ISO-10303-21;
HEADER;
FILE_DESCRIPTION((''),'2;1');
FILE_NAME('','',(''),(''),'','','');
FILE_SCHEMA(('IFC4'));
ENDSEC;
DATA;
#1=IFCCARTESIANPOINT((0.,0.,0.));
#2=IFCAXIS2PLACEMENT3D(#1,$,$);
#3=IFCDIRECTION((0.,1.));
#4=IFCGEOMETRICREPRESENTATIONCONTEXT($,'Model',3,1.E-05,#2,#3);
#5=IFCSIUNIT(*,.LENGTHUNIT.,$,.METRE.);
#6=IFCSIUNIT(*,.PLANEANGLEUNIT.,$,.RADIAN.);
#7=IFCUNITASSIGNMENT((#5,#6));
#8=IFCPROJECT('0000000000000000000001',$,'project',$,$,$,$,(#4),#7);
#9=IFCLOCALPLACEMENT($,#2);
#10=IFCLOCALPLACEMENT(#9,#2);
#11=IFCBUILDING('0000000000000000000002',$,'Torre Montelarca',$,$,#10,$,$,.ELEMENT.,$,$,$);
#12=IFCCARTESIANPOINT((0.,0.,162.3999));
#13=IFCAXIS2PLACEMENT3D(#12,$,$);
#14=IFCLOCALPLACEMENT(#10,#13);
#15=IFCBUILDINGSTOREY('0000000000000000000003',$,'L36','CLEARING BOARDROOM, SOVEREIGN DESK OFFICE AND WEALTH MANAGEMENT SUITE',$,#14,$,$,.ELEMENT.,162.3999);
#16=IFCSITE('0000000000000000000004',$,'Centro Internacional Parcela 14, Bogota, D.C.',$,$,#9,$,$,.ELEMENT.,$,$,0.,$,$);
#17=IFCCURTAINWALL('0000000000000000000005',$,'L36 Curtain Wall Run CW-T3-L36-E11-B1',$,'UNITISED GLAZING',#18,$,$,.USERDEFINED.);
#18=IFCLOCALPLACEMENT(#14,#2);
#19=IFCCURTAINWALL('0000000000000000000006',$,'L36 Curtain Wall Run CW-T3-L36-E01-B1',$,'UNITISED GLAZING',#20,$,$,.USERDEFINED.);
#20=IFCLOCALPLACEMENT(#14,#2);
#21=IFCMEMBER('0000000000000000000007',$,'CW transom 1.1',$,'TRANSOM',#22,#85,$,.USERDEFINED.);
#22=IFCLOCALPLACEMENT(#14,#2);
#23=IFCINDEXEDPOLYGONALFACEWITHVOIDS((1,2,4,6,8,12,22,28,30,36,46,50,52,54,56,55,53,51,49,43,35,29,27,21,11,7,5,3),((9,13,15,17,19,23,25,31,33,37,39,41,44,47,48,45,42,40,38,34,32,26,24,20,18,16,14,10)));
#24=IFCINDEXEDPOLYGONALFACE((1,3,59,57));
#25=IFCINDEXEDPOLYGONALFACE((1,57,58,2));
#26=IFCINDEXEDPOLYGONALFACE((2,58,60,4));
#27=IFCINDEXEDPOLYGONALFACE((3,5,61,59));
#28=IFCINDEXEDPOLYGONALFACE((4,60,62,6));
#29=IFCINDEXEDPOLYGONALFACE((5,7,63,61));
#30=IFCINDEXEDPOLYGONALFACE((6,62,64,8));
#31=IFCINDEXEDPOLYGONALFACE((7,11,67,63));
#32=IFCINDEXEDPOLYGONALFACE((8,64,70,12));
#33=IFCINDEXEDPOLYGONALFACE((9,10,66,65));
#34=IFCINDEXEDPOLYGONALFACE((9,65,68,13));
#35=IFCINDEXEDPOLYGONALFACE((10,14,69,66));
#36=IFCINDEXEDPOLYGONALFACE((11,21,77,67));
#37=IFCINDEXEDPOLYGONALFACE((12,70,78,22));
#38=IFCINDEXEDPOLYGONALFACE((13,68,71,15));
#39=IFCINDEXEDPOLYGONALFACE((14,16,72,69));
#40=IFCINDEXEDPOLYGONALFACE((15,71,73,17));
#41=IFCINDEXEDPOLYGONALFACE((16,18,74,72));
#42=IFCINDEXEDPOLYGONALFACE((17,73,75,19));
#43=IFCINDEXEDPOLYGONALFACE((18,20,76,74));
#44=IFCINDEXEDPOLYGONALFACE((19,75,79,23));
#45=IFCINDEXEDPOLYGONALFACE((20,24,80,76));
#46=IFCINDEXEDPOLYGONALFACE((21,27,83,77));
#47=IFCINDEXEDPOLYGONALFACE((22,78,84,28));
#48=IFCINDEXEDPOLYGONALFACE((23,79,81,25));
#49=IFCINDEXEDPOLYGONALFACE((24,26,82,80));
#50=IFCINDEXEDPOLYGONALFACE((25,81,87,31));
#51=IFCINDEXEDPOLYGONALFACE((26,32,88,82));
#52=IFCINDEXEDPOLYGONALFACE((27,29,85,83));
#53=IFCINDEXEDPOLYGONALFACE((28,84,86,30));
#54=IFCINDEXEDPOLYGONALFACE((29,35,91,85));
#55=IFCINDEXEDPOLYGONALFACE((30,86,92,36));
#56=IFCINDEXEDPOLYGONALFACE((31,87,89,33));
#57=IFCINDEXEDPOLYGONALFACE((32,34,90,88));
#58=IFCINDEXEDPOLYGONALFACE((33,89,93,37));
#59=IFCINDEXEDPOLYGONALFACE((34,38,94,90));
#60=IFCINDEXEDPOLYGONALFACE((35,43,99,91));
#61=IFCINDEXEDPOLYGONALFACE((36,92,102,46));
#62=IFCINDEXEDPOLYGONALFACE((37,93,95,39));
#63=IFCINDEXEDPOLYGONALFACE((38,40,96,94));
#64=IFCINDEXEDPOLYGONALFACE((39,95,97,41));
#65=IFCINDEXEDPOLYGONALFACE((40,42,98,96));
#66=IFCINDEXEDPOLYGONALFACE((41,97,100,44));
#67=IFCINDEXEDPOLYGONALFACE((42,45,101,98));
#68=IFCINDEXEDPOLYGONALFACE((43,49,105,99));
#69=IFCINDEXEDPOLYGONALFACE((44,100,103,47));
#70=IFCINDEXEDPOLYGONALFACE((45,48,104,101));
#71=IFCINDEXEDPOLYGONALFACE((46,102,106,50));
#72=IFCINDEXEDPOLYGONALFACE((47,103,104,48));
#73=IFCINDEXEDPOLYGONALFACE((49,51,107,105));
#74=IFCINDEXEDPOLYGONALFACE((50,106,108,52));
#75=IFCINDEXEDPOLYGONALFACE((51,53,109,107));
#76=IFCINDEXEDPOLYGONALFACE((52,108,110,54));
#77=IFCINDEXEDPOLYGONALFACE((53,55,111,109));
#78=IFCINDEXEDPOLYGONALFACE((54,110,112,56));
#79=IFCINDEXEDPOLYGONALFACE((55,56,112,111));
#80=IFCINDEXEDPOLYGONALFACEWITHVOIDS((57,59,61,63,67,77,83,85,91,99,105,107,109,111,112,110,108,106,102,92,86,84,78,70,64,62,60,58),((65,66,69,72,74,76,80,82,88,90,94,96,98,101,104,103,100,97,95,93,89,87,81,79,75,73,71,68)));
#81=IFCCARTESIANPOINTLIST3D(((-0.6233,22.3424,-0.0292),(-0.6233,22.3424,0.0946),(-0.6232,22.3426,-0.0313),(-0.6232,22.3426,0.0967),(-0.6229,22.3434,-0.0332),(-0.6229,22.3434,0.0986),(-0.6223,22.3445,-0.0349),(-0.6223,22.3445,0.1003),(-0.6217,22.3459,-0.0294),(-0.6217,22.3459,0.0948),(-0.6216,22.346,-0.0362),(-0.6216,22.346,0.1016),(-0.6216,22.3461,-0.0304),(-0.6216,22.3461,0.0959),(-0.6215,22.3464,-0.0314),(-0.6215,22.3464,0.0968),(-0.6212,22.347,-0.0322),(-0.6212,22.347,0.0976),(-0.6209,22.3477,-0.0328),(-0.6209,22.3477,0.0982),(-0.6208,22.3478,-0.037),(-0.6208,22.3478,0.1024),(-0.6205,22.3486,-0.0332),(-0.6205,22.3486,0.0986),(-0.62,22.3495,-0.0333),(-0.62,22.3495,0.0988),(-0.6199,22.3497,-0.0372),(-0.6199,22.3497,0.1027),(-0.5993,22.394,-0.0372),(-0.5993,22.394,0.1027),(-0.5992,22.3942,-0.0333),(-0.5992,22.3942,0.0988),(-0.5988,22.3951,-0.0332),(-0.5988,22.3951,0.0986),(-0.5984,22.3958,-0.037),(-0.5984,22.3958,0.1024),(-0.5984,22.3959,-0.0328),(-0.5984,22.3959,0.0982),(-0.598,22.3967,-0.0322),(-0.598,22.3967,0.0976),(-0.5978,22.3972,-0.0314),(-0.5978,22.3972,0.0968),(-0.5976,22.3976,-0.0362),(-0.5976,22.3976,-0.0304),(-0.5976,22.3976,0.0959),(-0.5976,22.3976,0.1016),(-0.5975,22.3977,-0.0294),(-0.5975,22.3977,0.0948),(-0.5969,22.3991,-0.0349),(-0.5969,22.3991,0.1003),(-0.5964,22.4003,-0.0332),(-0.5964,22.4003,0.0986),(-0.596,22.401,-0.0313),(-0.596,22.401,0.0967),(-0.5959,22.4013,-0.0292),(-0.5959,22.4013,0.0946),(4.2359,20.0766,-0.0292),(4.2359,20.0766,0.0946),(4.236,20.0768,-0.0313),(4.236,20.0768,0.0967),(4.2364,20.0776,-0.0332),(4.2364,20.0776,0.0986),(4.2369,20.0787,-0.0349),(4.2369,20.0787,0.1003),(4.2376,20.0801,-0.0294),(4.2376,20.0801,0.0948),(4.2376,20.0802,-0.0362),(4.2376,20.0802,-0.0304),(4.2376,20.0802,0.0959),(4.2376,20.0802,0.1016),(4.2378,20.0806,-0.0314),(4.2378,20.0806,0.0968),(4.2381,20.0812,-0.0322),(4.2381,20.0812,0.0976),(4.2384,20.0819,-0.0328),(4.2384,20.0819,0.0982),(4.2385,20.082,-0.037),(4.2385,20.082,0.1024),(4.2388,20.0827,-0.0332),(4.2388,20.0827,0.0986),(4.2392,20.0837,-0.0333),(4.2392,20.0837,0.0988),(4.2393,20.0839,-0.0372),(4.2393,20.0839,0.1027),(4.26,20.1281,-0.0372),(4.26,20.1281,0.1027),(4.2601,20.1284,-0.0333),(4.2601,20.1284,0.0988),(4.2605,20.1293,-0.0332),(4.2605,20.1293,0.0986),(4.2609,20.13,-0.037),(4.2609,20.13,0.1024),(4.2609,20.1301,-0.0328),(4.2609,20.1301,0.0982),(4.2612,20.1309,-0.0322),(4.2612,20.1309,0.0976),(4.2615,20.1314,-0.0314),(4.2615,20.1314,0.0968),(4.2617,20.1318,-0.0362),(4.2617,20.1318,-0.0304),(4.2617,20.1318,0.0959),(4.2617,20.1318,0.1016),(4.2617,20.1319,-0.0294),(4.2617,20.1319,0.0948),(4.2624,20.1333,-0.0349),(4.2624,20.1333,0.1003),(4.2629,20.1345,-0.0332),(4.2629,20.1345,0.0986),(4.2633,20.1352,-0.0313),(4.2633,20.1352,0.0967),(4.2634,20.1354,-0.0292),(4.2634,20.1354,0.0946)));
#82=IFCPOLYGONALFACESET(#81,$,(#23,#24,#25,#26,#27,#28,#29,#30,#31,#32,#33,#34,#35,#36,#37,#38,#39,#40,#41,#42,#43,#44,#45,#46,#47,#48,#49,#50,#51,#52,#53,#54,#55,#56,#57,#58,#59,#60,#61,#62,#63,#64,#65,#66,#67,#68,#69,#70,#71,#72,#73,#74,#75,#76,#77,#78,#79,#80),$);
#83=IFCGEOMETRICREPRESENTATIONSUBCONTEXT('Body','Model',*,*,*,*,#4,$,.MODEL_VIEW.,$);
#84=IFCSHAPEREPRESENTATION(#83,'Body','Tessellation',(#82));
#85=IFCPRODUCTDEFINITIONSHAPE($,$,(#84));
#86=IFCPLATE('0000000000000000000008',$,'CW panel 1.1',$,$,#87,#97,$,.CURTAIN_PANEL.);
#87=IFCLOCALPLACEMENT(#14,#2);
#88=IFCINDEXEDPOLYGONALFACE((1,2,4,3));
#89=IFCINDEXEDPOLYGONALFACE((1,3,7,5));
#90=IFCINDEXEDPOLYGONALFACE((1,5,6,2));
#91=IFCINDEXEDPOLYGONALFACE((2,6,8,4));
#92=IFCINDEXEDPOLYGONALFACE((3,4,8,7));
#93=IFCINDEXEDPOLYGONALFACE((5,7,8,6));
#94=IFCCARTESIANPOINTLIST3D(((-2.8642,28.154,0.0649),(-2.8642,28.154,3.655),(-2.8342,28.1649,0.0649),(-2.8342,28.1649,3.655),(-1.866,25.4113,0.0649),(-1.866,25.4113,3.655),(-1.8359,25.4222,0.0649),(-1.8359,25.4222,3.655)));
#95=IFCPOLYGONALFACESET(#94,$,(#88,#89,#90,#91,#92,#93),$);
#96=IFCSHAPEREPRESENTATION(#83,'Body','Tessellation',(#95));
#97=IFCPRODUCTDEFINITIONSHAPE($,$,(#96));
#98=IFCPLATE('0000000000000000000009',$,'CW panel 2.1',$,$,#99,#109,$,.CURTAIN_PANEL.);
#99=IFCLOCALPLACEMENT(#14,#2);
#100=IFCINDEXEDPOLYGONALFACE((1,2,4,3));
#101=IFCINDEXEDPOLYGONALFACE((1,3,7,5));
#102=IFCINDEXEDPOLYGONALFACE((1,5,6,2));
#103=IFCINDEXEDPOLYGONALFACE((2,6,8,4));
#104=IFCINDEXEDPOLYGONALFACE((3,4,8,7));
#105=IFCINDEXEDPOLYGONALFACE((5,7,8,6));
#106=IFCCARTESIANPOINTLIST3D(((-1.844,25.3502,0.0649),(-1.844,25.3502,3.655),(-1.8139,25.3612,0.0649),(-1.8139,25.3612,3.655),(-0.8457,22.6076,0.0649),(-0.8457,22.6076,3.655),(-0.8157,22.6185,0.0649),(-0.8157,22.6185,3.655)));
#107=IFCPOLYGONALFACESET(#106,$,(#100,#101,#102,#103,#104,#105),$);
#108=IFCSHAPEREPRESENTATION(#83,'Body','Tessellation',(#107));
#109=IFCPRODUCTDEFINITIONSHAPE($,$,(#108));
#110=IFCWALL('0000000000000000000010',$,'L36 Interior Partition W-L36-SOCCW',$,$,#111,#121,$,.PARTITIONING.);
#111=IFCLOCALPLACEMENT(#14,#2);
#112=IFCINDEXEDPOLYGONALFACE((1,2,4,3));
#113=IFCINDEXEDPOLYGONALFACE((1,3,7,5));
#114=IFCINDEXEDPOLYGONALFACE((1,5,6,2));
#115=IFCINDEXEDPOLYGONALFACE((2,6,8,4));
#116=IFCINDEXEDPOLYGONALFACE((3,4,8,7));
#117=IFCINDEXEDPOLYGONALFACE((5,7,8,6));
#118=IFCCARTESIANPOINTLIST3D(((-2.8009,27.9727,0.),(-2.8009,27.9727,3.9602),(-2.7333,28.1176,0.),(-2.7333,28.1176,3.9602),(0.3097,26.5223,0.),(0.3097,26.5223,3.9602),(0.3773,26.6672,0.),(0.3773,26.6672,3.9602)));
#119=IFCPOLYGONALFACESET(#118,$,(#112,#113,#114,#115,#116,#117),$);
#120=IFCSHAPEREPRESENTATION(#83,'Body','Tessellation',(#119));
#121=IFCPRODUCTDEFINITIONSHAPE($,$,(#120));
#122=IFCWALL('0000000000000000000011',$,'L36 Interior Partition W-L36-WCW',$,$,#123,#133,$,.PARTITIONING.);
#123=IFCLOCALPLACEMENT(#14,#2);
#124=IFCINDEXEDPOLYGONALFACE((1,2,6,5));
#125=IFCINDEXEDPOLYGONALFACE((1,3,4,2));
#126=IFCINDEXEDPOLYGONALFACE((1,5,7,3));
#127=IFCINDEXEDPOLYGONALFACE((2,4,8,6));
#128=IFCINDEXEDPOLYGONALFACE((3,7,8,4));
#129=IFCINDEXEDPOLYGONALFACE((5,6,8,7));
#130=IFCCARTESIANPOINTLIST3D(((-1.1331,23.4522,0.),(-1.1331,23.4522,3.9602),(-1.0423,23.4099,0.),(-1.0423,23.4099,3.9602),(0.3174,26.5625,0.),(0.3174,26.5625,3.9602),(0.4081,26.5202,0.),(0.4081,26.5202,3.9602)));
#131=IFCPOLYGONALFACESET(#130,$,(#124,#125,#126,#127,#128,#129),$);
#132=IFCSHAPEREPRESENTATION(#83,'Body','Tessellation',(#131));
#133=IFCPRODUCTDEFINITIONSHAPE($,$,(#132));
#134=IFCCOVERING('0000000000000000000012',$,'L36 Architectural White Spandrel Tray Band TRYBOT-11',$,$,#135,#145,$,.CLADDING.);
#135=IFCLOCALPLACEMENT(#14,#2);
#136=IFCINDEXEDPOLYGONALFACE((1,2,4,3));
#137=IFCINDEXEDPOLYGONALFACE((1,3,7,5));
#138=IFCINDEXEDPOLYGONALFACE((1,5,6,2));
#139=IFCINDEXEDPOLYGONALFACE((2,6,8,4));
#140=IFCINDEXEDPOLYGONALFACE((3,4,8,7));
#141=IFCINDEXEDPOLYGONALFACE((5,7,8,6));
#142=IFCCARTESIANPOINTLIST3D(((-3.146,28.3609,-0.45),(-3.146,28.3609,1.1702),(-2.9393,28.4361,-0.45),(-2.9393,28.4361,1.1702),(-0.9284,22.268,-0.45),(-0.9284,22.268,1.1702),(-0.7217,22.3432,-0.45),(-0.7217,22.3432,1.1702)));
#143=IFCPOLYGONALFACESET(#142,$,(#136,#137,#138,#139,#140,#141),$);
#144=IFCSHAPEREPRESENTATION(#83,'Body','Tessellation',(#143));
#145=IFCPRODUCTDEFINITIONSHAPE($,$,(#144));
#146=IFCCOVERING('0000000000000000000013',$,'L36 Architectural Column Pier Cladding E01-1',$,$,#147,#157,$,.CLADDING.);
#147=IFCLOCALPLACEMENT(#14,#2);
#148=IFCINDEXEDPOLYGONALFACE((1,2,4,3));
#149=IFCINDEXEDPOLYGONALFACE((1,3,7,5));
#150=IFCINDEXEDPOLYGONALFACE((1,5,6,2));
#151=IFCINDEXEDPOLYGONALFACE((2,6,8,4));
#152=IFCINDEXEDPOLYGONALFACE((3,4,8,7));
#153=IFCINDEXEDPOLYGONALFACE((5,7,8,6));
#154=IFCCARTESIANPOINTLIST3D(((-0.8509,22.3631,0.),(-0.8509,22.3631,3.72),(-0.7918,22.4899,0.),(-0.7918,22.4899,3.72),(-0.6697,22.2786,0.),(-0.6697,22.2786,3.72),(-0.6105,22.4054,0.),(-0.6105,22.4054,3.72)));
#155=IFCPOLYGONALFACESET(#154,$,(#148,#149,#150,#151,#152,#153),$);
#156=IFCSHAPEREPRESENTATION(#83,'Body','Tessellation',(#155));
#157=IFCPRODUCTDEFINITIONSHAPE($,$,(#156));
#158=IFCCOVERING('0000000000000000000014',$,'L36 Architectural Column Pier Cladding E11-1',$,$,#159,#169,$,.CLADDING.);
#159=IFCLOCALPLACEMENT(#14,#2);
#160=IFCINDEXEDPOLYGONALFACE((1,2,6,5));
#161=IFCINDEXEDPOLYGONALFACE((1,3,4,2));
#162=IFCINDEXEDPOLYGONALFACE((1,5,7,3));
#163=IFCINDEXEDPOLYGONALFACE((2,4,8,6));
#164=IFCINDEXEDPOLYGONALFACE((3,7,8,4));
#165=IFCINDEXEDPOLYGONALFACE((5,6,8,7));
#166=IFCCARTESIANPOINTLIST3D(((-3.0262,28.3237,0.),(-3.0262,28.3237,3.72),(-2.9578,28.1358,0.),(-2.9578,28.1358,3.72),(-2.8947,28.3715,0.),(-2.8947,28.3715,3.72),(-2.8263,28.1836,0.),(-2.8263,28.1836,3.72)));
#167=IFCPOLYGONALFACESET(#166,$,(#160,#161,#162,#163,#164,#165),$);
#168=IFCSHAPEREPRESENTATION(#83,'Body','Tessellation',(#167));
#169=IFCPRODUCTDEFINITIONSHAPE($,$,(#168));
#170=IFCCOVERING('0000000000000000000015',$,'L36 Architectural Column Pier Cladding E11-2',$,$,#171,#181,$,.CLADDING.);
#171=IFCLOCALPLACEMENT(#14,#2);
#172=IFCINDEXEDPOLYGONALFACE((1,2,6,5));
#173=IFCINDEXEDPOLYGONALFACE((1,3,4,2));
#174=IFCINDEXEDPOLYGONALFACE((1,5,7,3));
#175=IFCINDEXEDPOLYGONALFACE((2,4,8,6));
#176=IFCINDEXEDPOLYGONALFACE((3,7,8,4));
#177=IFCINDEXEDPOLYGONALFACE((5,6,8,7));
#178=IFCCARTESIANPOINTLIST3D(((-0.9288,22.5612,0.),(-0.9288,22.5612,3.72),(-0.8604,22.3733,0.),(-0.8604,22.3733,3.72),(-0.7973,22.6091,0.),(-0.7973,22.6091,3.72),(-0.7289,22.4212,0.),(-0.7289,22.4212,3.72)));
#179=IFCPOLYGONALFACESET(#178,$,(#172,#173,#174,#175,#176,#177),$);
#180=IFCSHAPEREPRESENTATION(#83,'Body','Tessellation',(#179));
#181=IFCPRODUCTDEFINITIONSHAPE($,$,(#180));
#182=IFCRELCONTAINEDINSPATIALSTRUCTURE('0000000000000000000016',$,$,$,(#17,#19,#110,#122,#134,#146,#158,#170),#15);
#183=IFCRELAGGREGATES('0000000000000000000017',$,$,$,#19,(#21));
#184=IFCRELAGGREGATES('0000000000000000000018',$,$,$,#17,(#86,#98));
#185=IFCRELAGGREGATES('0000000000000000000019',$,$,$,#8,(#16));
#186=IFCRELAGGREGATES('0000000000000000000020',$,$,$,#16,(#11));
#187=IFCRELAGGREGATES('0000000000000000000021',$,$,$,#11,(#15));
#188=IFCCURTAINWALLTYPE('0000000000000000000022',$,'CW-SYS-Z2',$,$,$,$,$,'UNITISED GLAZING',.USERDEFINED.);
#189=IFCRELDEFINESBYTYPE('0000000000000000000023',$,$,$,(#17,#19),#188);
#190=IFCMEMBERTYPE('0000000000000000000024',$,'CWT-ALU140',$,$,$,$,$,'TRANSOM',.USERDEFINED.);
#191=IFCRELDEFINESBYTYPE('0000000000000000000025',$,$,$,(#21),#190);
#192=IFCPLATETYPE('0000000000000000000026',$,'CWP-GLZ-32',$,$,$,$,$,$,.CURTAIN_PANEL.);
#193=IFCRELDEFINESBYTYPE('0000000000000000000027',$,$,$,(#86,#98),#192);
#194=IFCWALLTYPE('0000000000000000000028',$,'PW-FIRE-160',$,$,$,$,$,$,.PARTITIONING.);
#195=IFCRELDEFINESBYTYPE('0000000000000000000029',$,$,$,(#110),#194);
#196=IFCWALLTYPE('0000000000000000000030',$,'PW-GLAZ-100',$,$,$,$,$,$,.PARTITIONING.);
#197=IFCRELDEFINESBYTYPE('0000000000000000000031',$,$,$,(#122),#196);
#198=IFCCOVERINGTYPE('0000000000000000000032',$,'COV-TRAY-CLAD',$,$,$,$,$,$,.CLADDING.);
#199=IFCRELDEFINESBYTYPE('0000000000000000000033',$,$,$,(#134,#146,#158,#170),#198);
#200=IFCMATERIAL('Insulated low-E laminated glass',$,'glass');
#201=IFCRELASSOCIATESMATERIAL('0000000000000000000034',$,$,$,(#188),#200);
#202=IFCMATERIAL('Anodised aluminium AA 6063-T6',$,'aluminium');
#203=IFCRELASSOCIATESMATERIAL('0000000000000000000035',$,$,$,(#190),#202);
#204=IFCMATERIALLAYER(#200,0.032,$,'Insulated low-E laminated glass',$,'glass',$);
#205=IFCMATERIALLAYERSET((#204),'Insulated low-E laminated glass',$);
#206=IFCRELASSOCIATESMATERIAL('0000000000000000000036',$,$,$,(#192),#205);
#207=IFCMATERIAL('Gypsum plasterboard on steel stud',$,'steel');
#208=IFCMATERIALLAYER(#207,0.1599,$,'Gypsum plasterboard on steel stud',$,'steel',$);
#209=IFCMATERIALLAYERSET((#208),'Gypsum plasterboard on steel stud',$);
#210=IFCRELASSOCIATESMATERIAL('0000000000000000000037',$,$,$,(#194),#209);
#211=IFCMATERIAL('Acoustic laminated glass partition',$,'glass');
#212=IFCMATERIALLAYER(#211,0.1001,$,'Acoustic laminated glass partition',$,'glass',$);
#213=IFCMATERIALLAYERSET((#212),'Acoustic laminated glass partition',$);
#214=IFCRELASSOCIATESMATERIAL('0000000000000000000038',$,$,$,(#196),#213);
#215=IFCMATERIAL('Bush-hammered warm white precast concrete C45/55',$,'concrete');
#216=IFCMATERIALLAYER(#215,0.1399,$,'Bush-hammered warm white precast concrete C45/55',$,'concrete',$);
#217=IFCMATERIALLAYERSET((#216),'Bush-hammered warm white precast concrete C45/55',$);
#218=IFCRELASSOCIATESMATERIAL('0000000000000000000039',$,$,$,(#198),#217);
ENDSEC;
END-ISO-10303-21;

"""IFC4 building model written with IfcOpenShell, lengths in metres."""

from ifc_helpers import new_model, si_unit, direction, frame, frame_2d, origin, origin_2d, place, context, subcontext, project, spatial, rectangle, hollow_rectangle, extrude, source, transform, mapped, material, layer, layer_set, material_profile, profile_set, type_object, element, aggregate, save


model = new_model("IFC4")

# Units and contexts
model_context = context("Model", 3, precision=1e-05, world=origin(), true_north=direction((0.0, 1.0)))
body_context = subcontext(model_context, "Body", "Model", "MODEL_VIEW")
ifc_project = project(units=[si_unit("LENGTHUNIT", "METRE"), si_unit("PLANEANGLEUNIT", "RADIAN")], contexts=[model_context])

# Site, building, storey
site_placement = place(None, origin())
site = spatial("IfcSite", under=ifc_project, at=site_placement, Name="Centro Internacional Parcela 14, Bogota, D.C.", CompositionType="ELEMENT", RefElevation=0.0)
building_placement = place(site_placement, origin())
building = spatial("IfcBuilding", under=site, at=building_placement, Name="Torre Montelarca", CompositionType="ELEMENT")
storey_placement = place(building_placement, frame((0.0, 0.0, 162.3999)))
storey = spatial("IfcBuildingStorey", under=building, at=storey_placement, Name="L36", Description="CLEARING BOARDROOM, SOVEREIGN DESK OFFICE AND WEALTH MANAGEMENT SUITE", CompositionType="ELEMENT", Elevation=162.3999)

# Curtain wall
ifc_material_1 = material(Name="Insulated low-E laminated glass", Category="glass")
curtain_wall_type = type_object("IfcCurtainWallType", Name="CW-SYS-Z2", ElementType="UNITISED GLAZING", PredefinedType="USERDEFINED", material=ifc_material_1)
curtain_wall_1_placement = place(storey_placement, origin())
curtain_wall_1 = element("IfcCurtainWall", 1, at=curtain_wall_1_placement, inside=storey, type_object=curtain_wall_type, Name="L36 Curtain Wall Run CW-T3-L36-E11-B1", ObjectType="UNITISED GLAZING", PredefinedType="USERDEFINED")
ifc_material_2 = material(Name="Anodised aluminium AA 6063-T6", Category="aluminium")
ifc_material_profile_1 = material_profile(ifc_material_2, hollow_rectangle(XDim=0.0649, YDim=0.1399, WallThickness=0.0039, InnerFilletRadius=0.0039, OuterFilletRadius=0.0081, at=origin_2d()), Name="ALU65X140X4", Category="aluminium")
ifc_profile_set_1 = profile_set([ifc_material_profile_1], Name="Anodised aluminium AA 6063-T6")
member_type_1 = type_object("IfcMemberType", Name="CWT-ALU140", ElementType="TRANSOM", PredefinedType="USERDEFINED", material=ifc_profile_set_1)

# Curtain wall
curtain_wall_2_placement = place(storey_placement, origin())
curtain_wall_2 = element("IfcCurtainWall", 2, at=curtain_wall_2_placement, inside=storey, type_object=curtain_wall_type, Name="L36 Curtain Wall Run CW-T3-L36-E01-B1", ObjectType="UNITISED GLAZING", PredefinedType="USERDEFINED")

# Member
shared_shape_1 = source(origin(), body_context, "Body", "SweptSolid", [
    extrude(hollow_rectangle(XDim=0.0649, YDim=0.1399, WallThickness=0.0039, InnerFilletRadius=0.0039, OuterFilletRadius=0.0081, at=origin_2d()), origin(), (0.0, 0.0, 1.0), 5.3616),
])
member_1_placement = place(storey_placement, frame((-0.6096, 22.3718, 0.0327), z_axis=(0.906315, -0.422604, 0.0), x_axis=(0.422604, 0.906315, 0.0)))
member_1 = element("IfcMember", 3, at=member_1_placement, type_object=member_type_1, Name="CW transom 1.1", ObjectType="TRANSOM", PredefinedType="USERDEFINED", context=body_context, shape_type="MappedRepresentation", body=[
    mapped(shared_shape_1, transform((0.0, 0.0, 0.0), scale=1.0)),
])
aggregate(curtain_wall_2, [member_1])

# Plates
ifc_layer_1 = layer(ifc_material_1, 0.032, Name="Insulated low-E laminated glass", Category="glass")
ifc_layer_set_1 = layer_set([ifc_layer_1], Name="Insulated low-E laminated glass")
plate_type = type_object("IfcPlateType", Name="CWP-GLZ-32", PredefinedType="CURTAIN_PANEL", material=ifc_layer_set_1)
shared_shape_2 = source(origin(), body_context, "Body", "SweptSolid", [
    extrude(rectangle(XDim=2.9187, YDim=0.032, at=origin_2d()), origin(), (0.0, 0.0, 1.0), 3.5901),
])
plate_1_placement = place(storey_placement, frame((-2.3501, 26.7881, 0.0649), z_axis=(0.0, 0.0, 1.0), x_axis=(0.342016, -0.939694, 0.0)))
plate_1 = element("IfcPlate", 4, at=plate_1_placement, type_object=plate_type, Name="CW panel 1.1", PredefinedType="CURTAIN_PANEL", context=body_context, shape_type="MappedRepresentation", body=[
    mapped(shared_shape_2, transform((0.0, 0.0, 0.0), scale=1.0)),
])
plate_2_placement = place(storey_placement, frame((-1.3298, 23.9844, 0.0649), z_axis=(0.0, 0.0, 1.0), x_axis=(0.342016, -0.939694, 0.0)))
plate_2 = element("IfcPlate", 5, at=plate_2_placement, type_object=plate_type, Name="CW panel 2.1", PredefinedType="CURTAIN_PANEL", context=body_context, shape_type="MappedRepresentation", body=[
    mapped(shared_shape_2, transform((0.0, 0.0, 0.0), scale=1.0)),
])
aggregate(curtain_wall_1, [plate_1, plate_2])

# Walls
ifc_material_3 = material(Name="Gypsum plasterboard on steel stud", Category="steel")
ifc_layer_2 = layer(ifc_material_3, 0.1599, Name="Gypsum plasterboard on steel stud", Category="steel")
ifc_layer_set_2 = layer_set([ifc_layer_2], Name="Gypsum plasterboard on steel stud")
wall_type_1 = type_object("IfcWallType", Name="PW-FIRE-160", PredefinedType="PARTITIONING", material=ifc_layer_set_2)
wall_1_placement = place(storey_placement, frame((-2.7671, 28.0452, 0.0), z_axis=(0.0, 0.0, 1.0), x_axis=(0.906314, -0.422605, 0.0)))
element("IfcWall", 6, at=wall_1_placement, inside=storey, type_object=wall_type_1, Name="L36 Interior Partition W-L36-SOCCW", PredefinedType="PARTITIONING", context=body_context, shape_type="SweptSolid", body=[
    extrude(rectangle(XDim=3.4321, YDim=0.1599, at=frame_2d((1.7161, 0.0))), origin(), (0.0, 0.0, 1.0), 3.9602),
])
ifc_material_4 = material(Name="Acoustic laminated glass partition", Category="glass")
ifc_layer_3 = layer(ifc_material_4, 0.1001, Name="Acoustic laminated glass partition", Category="glass")
ifc_layer_set_3 = layer_set([ifc_layer_3], Name="Acoustic laminated glass partition")
wall_type_2 = type_object("IfcWallType", Name="PW-GLAZ-100", PredefinedType="PARTITIONING", material=ifc_layer_set_3)
wall_2_placement = place(storey_placement, frame((-1.0876, 23.4312, 0.0), z_axis=(0.0, 0.0, 1.0), x_axis=(0.422632, 0.906301, 0.0)))
element("IfcWall", 7, at=wall_2_placement, inside=storey, type_object=wall_type_2, Name="L36 Interior Partition W-L36-WCW", PredefinedType="PARTITIONING", context=body_context, shape_type="SweptSolid", body=[
    extrude(rectangle(XDim=3.4319, YDim=0.1001, at=frame_2d((1.7158, 0.0))), origin(), (0.0, 0.0, 1.0), 3.9602),
])

# Coverings
ifc_material_5 = material(Name="Bush-hammered warm white precast concrete C45/55", Category="concrete")
ifc_layer_4 = layer(ifc_material_5, 0.1399, Name="Bush-hammered warm white precast concrete C45/55", Category="concrete")
ifc_layer_set_4 = layer_set([ifc_layer_4], Name="Bush-hammered warm white precast concrete C45/55")
covering_type = type_object("IfcCoveringType", Name="COV-TRAY-CLAD", PredefinedType="CLADDING", material=ifc_layer_set_4)
shared_shape_3 = source(origin(), body_context, "Body", "SweptSolid", [
    extrude(rectangle(XDim=6.4839, YDim=0.22, at=origin_2d()), origin(), (0.0, 0.0, 1.0), 1.6201),
])
covering_placement = place(storey_placement, frame((-1.9338, 25.3521, -0.45), z_axis=(0.0, 0.0, 1.0), x_axis=(0.342019, -0.939693, 0.0)))
element("IfcCovering", 8, at=covering_placement, inside=storey, type_object=covering_type, Name="L36 Architectural White Spandrel Tray Band TRYBOT-11", PredefinedType="CLADDING", context=body_context, shape_type="MappedRepresentation", body=[
    mapped(shared_shape_3, transform((0.0, 0.0, 0.0), scale=1.0)),
])
shared_shape_4 = source(origin(), body_context, "Body", "SweptSolid", [
    extrude(rectangle(XDim=0.2, YDim=0.1399, at=origin_2d()), origin(), (0.0, 0.0, 1.0), 3.72),
])
for number, where, z_axis, x_axis, name in (
    (9, (-0.7307, 22.3843, 0.0), (0.0, 0.0, 1.0), (0.906309, -0.422617, 0.0), "L36 Architectural Column Pier Cladding E01-1"),
    (10, (-2.9263, 28.2537, 0.0), (0.0, 0.0, 1.0), (0.342012, -0.939696, 0.0), "L36 Architectural Column Pier Cladding E11-1"),
    (11, (-0.8289, 22.4912, 0.0), (0.0, 0.0, 1.0), (0.342012, -0.939696, 0.0), "L36 Architectural Column Pier Cladding E11-2"),
):
    element("IfcCovering", number, at=place(storey_placement, frame(where, z_axis=z_axis, x_axis=x_axis)), inside=storey, type_object=covering_type, Name=name, PredefinedType="CLADDING", context=body_context, shape_type="MappedRepresentation", body=[
        mapped(shared_shape_4, transform((0.0, 0.0, 0.0), scale=1.0)),
    ])

save(model, "model.ifc")
